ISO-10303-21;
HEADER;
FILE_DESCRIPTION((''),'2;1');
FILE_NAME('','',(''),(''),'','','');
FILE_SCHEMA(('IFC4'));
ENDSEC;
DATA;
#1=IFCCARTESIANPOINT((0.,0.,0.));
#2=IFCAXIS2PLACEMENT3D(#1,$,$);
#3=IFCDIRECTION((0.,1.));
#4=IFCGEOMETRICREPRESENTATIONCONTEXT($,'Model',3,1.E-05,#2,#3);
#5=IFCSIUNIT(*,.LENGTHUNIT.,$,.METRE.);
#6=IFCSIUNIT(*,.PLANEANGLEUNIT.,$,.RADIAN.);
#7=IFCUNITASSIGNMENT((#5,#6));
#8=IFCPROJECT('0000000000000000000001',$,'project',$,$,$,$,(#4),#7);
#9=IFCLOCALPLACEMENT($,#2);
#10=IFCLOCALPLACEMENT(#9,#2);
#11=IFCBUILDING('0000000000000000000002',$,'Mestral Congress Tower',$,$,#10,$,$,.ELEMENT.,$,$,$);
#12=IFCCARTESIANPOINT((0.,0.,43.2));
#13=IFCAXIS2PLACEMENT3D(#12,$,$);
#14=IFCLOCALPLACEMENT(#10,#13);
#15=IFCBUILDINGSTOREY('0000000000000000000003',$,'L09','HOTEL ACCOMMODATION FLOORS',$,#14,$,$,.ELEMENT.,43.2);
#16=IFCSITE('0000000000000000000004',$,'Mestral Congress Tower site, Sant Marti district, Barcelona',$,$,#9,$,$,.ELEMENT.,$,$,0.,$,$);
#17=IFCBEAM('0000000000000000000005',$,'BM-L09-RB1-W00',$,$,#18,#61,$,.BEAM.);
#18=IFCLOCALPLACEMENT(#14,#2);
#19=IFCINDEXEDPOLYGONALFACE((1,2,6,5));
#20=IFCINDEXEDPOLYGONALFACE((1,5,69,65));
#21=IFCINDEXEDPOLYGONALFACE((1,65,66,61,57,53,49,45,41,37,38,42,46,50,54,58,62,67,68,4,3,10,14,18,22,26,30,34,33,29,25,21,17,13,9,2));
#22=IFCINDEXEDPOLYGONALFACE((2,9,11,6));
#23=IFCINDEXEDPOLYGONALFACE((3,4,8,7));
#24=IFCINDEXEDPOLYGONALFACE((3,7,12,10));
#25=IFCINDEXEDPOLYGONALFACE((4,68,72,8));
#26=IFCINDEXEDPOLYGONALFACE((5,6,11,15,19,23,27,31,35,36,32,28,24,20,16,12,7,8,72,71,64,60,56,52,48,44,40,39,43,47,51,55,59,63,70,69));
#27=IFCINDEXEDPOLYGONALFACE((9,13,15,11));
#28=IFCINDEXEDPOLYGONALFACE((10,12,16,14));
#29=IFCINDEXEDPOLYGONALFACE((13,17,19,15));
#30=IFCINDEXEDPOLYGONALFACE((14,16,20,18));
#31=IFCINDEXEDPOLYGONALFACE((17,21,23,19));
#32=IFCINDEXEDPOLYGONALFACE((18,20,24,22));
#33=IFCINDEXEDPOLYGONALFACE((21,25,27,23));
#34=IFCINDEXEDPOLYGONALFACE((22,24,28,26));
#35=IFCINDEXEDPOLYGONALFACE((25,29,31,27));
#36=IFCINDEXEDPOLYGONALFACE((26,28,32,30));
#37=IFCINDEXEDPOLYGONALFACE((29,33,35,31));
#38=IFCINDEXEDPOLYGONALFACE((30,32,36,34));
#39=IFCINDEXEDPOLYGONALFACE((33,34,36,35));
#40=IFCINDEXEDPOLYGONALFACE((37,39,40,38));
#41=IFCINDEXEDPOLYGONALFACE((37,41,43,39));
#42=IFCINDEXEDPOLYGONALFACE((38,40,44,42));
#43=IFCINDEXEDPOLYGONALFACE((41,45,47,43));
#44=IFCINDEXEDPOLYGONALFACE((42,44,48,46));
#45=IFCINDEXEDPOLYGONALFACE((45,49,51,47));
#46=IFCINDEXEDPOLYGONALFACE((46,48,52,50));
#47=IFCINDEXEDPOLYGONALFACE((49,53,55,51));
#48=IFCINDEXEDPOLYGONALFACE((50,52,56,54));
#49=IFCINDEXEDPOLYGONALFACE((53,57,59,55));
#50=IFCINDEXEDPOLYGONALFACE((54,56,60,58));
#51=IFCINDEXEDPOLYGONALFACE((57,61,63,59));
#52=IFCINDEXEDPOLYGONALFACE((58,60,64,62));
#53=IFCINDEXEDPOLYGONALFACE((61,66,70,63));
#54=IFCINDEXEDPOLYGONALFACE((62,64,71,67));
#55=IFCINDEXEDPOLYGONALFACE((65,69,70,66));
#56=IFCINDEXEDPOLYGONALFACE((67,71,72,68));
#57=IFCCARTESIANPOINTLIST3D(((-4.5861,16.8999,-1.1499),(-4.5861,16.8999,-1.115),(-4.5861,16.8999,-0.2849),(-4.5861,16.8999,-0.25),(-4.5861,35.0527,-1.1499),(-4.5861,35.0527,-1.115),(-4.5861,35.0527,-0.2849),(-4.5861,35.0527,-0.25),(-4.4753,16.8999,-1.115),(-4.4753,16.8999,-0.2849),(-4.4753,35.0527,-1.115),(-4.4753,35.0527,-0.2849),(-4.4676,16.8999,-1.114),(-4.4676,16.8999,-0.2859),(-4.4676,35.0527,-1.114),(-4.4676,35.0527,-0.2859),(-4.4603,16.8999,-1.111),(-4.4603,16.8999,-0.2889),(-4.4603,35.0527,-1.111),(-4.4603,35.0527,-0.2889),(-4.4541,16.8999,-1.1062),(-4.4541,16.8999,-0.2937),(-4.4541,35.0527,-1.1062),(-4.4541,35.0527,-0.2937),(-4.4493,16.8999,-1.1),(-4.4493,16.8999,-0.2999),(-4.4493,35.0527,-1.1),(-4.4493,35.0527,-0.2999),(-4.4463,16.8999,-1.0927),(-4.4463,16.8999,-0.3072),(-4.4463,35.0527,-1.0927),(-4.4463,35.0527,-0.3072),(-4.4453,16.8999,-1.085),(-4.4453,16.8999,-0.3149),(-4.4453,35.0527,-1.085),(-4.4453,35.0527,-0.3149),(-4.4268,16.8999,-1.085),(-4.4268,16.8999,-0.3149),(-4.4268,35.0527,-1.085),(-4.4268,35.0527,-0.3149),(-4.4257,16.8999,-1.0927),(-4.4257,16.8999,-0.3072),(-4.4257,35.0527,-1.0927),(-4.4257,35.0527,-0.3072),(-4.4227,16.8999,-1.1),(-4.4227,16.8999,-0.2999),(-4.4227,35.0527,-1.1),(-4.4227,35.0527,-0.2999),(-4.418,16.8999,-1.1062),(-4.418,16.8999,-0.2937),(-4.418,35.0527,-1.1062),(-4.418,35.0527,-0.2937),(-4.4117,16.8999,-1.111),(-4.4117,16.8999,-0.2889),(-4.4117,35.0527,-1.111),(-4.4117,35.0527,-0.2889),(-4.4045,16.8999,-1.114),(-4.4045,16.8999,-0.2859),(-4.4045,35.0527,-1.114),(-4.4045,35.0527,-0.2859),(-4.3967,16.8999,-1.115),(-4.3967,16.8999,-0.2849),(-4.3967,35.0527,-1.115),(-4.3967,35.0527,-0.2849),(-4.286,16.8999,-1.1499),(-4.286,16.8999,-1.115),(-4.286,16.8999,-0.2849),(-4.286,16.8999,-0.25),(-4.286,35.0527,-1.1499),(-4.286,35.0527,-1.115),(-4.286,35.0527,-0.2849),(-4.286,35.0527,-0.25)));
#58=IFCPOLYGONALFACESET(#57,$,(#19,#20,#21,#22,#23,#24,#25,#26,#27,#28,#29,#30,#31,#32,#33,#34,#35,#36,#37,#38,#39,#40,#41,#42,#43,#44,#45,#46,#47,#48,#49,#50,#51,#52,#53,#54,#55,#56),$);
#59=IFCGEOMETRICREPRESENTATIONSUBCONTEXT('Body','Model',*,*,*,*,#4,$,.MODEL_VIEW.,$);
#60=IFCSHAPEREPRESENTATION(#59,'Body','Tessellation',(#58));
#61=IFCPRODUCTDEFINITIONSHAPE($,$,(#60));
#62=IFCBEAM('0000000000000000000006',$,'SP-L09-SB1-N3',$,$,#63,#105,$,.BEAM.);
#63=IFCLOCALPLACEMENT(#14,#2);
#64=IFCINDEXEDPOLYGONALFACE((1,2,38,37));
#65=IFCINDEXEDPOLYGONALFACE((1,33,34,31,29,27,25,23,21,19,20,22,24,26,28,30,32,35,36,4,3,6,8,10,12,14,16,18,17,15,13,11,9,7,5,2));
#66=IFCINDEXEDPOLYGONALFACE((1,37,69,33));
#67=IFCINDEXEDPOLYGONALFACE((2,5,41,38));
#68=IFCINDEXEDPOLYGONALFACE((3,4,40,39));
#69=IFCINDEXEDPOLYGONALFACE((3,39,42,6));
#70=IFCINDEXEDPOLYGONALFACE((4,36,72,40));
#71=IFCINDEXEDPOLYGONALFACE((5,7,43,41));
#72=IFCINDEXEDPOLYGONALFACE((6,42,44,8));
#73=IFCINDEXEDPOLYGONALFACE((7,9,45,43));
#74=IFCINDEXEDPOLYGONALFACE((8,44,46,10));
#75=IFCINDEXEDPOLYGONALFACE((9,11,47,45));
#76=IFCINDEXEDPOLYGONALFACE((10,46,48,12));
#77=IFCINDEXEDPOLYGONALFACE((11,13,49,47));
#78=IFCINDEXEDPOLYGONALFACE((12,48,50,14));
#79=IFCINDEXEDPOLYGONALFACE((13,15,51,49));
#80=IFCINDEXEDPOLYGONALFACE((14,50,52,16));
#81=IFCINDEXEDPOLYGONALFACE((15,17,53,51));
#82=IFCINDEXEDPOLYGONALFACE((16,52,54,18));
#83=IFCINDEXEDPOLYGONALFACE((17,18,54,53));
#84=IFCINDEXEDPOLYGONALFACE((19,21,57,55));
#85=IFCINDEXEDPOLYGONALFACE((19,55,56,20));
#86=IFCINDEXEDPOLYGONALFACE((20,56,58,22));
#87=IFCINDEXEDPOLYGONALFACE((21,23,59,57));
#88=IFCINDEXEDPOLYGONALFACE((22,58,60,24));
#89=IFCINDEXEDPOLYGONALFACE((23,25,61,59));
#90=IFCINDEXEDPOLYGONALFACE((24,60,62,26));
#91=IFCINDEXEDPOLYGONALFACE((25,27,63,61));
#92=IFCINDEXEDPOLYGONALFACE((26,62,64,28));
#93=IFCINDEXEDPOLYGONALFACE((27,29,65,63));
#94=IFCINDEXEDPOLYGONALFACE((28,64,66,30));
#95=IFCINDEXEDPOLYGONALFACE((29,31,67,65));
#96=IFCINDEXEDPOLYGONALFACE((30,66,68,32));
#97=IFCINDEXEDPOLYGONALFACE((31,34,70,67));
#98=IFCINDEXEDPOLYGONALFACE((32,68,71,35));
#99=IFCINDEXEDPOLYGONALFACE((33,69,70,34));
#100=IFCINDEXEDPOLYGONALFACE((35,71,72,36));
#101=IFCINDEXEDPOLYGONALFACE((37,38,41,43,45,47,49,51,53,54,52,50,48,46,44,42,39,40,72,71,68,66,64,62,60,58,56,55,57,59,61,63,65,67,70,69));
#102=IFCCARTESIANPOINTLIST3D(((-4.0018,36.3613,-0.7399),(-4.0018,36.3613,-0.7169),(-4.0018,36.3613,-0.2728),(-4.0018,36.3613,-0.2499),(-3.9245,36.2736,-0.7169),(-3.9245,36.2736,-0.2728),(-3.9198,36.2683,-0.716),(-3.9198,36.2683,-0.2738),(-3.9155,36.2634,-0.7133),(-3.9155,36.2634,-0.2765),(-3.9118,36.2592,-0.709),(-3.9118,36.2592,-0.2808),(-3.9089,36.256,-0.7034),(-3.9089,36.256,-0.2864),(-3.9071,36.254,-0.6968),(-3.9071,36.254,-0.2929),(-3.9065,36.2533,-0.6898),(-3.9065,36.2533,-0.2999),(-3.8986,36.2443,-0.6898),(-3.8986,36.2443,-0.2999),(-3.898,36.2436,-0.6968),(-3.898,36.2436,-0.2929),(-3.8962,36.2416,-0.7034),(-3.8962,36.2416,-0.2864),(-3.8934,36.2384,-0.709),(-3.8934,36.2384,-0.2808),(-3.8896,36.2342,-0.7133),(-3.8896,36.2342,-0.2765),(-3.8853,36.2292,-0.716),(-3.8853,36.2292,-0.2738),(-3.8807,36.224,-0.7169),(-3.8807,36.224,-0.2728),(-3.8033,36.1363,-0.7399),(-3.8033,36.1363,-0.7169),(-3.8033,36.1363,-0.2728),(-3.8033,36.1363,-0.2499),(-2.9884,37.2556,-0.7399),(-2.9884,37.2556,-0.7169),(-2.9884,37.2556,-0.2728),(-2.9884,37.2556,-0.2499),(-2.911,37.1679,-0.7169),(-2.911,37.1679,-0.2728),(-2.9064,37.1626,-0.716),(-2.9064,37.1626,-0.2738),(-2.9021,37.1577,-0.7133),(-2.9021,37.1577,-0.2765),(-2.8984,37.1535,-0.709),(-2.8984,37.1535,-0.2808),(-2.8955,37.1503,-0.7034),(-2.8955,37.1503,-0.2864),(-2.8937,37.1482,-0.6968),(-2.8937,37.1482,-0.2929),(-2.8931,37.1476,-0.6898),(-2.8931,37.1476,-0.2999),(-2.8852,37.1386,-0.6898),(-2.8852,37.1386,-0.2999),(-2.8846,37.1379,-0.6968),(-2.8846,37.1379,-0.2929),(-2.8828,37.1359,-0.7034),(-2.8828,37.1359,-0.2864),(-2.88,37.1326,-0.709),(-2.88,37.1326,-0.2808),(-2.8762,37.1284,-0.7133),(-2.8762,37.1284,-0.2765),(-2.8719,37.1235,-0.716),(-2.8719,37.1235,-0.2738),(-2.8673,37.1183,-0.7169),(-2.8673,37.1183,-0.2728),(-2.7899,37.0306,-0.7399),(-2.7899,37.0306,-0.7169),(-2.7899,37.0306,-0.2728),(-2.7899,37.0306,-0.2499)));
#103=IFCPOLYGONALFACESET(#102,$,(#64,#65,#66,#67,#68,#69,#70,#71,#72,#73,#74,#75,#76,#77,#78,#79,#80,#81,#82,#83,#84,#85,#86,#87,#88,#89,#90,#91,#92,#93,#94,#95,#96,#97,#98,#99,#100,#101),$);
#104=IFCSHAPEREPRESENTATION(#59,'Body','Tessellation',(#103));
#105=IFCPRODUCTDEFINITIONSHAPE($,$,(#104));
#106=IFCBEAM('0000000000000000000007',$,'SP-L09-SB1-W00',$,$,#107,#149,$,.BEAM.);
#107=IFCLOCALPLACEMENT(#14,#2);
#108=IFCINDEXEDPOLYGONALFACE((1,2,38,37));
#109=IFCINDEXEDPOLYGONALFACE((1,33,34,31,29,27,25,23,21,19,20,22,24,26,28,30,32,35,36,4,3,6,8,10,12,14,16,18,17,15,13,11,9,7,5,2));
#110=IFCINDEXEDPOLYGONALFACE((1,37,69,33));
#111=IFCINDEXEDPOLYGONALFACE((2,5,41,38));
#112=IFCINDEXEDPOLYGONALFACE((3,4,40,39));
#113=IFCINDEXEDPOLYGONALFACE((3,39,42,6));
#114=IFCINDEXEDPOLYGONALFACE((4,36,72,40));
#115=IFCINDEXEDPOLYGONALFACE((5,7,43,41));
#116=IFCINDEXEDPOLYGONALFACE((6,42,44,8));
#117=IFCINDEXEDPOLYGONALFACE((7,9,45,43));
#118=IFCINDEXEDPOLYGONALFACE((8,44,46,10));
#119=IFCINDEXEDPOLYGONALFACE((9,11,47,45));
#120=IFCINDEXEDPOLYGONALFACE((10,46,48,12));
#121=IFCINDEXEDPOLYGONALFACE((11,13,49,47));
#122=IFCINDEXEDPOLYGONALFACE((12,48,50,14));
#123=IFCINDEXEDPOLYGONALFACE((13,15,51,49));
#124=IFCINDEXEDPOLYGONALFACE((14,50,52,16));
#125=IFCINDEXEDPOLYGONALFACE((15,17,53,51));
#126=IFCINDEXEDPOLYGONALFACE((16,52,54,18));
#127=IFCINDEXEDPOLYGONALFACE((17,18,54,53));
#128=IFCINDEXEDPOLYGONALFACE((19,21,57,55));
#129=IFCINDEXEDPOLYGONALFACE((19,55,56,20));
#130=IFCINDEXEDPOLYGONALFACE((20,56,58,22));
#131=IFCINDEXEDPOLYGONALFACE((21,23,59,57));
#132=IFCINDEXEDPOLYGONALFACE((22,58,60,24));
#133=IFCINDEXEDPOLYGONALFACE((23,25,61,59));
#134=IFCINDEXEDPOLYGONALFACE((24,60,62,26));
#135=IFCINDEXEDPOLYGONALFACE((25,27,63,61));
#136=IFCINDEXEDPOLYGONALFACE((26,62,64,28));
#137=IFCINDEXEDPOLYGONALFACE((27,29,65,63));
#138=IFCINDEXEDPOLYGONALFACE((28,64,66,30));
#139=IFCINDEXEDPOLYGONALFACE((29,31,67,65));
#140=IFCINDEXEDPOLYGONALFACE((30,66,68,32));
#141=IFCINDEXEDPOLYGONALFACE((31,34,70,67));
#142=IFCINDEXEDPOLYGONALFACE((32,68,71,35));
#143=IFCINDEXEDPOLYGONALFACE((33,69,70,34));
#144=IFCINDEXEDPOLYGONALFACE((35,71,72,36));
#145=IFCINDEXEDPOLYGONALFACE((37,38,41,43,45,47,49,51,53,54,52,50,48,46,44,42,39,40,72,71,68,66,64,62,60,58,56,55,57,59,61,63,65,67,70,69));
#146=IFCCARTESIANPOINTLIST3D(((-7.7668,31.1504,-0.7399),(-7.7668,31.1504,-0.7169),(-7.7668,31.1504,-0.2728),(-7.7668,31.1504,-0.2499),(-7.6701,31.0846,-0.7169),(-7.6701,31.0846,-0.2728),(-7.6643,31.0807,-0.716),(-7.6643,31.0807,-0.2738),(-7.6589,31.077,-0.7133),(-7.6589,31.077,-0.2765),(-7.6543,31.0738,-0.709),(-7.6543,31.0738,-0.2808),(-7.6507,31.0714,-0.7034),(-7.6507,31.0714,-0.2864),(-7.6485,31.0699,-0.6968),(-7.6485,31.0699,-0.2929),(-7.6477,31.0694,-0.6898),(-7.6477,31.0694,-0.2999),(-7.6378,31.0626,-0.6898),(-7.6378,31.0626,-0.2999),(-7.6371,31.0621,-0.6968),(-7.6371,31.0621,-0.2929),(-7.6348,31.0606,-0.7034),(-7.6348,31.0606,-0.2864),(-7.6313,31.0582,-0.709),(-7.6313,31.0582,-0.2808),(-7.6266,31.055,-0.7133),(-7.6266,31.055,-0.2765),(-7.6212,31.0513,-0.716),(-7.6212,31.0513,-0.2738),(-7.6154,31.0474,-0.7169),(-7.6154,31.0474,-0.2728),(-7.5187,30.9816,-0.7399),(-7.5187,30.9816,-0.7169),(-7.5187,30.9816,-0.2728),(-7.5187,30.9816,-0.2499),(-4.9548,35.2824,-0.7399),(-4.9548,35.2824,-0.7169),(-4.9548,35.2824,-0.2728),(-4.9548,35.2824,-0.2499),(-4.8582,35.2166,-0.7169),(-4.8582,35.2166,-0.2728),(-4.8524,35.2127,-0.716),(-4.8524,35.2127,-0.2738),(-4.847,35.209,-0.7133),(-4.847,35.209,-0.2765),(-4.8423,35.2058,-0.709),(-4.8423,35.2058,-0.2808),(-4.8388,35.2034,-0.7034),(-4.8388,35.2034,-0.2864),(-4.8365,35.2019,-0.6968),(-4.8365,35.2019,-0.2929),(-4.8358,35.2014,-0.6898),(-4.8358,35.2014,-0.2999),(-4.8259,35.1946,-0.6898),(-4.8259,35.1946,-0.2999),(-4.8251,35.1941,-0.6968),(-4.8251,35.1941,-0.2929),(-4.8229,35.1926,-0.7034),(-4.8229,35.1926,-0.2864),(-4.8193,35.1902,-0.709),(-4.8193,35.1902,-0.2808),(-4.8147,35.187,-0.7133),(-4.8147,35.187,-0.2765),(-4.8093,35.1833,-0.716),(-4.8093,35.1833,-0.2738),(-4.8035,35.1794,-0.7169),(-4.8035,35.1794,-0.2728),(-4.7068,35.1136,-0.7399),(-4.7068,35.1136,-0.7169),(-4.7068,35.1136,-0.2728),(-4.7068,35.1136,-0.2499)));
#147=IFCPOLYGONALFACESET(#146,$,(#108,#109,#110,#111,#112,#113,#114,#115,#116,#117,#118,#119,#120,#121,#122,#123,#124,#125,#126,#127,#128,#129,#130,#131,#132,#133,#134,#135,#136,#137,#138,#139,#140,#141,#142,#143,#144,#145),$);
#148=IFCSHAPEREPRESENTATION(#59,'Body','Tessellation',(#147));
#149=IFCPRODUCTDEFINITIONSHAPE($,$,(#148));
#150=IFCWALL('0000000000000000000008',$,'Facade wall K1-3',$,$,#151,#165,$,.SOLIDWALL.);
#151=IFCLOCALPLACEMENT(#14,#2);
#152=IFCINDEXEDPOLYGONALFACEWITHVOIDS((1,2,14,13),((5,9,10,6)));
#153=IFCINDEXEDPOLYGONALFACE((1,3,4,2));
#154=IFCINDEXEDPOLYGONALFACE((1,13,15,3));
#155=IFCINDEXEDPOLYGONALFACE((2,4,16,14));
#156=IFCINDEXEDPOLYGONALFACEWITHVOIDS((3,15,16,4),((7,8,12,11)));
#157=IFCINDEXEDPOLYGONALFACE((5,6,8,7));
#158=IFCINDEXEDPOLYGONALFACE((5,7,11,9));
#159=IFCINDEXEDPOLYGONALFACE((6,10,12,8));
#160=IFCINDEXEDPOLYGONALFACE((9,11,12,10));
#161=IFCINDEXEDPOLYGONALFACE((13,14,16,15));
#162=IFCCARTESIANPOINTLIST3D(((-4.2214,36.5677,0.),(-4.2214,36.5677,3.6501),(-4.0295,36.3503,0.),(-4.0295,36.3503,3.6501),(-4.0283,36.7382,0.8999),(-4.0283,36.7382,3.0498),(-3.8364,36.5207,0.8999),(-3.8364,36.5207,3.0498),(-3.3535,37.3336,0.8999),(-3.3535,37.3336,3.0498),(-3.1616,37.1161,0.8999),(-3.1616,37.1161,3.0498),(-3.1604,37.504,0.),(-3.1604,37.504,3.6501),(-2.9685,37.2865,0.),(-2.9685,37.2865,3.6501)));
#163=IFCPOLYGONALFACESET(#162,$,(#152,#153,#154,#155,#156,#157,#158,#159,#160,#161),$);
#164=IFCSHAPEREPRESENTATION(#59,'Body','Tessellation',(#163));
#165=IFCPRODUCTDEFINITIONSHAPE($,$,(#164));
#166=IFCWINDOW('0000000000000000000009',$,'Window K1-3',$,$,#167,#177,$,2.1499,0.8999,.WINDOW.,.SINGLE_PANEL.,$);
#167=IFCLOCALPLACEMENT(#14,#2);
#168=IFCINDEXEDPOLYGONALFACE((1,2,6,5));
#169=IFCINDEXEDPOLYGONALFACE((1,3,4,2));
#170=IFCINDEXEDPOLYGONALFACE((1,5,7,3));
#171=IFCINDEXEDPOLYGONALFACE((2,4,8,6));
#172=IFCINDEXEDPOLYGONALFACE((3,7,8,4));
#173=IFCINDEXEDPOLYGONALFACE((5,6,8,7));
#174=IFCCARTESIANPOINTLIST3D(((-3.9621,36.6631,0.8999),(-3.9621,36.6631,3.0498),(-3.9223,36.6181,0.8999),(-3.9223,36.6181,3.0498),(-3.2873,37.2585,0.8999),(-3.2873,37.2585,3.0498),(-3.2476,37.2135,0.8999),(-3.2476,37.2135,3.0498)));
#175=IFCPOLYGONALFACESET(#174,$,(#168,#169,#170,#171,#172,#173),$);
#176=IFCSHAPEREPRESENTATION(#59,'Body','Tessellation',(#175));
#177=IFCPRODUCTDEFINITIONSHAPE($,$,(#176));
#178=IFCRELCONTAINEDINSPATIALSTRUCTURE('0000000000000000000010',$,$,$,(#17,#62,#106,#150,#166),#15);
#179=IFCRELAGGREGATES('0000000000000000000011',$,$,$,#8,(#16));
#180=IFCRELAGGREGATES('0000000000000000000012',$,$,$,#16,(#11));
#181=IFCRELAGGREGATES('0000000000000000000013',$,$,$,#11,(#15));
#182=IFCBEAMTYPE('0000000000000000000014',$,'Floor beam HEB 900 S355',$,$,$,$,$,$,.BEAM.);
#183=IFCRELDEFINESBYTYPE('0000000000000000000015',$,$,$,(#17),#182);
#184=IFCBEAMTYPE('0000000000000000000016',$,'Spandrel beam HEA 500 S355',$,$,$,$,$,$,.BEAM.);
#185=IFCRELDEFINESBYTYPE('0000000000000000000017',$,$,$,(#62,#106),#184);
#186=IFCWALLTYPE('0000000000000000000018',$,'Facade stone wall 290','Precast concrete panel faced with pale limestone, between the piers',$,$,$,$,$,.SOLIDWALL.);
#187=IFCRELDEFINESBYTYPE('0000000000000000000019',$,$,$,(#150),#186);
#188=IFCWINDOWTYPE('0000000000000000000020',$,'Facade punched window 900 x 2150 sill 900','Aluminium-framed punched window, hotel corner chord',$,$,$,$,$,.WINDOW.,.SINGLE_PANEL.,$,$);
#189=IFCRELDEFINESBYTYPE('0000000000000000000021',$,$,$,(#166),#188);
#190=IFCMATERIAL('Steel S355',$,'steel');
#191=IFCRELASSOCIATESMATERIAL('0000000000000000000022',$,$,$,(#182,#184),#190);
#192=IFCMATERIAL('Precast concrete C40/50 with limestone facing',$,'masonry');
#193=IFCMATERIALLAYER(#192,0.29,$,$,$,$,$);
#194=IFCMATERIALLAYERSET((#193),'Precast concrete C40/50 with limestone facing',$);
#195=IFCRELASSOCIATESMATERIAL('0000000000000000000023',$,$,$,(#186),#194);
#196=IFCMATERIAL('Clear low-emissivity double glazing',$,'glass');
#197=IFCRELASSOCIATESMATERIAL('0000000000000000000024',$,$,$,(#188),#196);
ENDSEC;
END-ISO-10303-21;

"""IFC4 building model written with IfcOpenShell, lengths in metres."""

from ifc_helpers import new_model, si_unit, direction, frame, frame_2d, origin, origin_2d, place, context, subcontext, project, spatial, rectangle, i_section, extrude, material, layer, layer_set, material_profile, profile_set, type_object, element, fill, save


model = new_model("IFC4")

# Units and contexts
model_context = context("Model", 3, precision=1e-05, world=origin(), true_north=direction((0.0, 1.0)))
body_context = subcontext(model_context, "Body", "Model", "MODEL_VIEW")
ifc_project = project(units=[si_unit("LENGTHUNIT", "METRE"), si_unit("PLANEANGLEUNIT", "RADIAN")], contexts=[model_context])

# Site, building, storey
site_placement = place(None, origin())
site = spatial("IfcSite", under=ifc_project, at=site_placement, Name="Mestral Congress Tower site, Sant Marti district, Barcelona", CompositionType="ELEMENT", RefElevation=0.0)
building_placement = place(site_placement, origin())
building = spatial("IfcBuilding", under=site, at=building_placement, Name="Mestral Congress Tower", CompositionType="ELEMENT")
storey_placement = place(building_placement, frame((0.0, 0.0, 43.2)))
storey = spatial("IfcBuildingStorey", under=building, at=storey_placement, Name="L09", Description="HOTEL ACCOMMODATION FLOORS", CompositionType="ELEMENT", Elevation=43.2)

# Beams
ifc_material_1 = material(Name="Steel S355", Category="steel")
ifc_material_profile_1 = material_profile(ifc_material_1, i_section(OverallWidth=0.3, OverallDepth=0.8999, WebThickness=0.0186, FlangeThickness=0.0349, FilletRadius=0.03, at=origin_2d()), Name="HEB 900")
ifc_profile_set_1 = profile_set([ifc_material_profile_1], Name="Steel S355")
beam_type_1 = type_object("IfcBeamType", Name="Floor beam HEB 900 S355", PredefinedType="BEAM", material=ifc_profile_set_1)
beam_1_placement = place(storey_placement, frame((-4.436, 35.0527, -0.7), z_axis=(0.0, -1.0, 0.0), x_axis=(1.0, 0.0, 0.0)))
element("IfcBeam", 1, at=beam_1_placement, inside=storey, type_object=beam_type_1, Name="BM-L09-RB1-W00", PredefinedType="BEAM", context=body_context, shape_type="SweptSolid", body=[
    extrude(i_section(OverallWidth=0.3, OverallDepth=0.8999, WebThickness=0.0186, FlangeThickness=0.0349, FilletRadius=0.03, at=origin_2d()), origin(), (0.0, 0.0, 1.0), 18.1528),
])
ifc_material_profile_2 = material_profile(ifc_material_1, i_section(OverallWidth=0.3, OverallDepth=0.49, WebThickness=0.012, FlangeThickness=0.0229, FilletRadius=0.0271, at=origin_2d()), Name="HEA 500")
ifc_profile_set_2 = profile_set([ifc_material_profile_2], Name="Steel S355")
beam_type_2 = type_object("IfcBeamType", Name="Spandrel beam HEA 500 S355", PredefinedType="BEAM", material=ifc_profile_set_2)
beam_2_placement = place(storey_placement, frame((-2.8892, 37.1431, -0.4949), z_axis=(-0.749806, -0.661657, 0.0), x_axis=(0.661657, -0.749806, 0.0)))
element("IfcBeam", 2, at=beam_2_placement, inside=storey, type_object=beam_type_2, Name="SP-L09-SB1-N3", PredefinedType="BEAM", context=body_context, shape_type="SweptSolid", body=[
    extrude(i_section(OverallWidth=0.3, OverallDepth=0.49, WebThickness=0.012, FlangeThickness=0.0229, FilletRadius=0.0271, at=origin_2d()), origin(), (0.0, 0.0, 1.0), 1.3516),
])
beam_3_placement = place(storey_placement, frame((-4.8308, 35.198, -0.4949), z_axis=(-0.562611, -0.826722, 0.0), x_axis=(0.826722, -0.562611, 0.0)))
element("IfcBeam", 3, at=beam_3_placement, inside=storey, type_object=beam_type_2, Name="SP-L09-SB1-W00", PredefinedType="BEAM", context=body_context, shape_type="SweptSolid", body=[
    extrude(i_section(OverallWidth=0.3, OverallDepth=0.49, WebThickness=0.012, FlangeThickness=0.0229, FilletRadius=0.0271, at=origin_2d()), origin(), (0.0, 0.0, 1.0), 4.998),
])

# Wall, opening, window
ifc_material_2 = material(Name="Precast concrete C40/50 with limestone facing", Category="masonry")
ifc_layer_1 = layer(ifc_material_2, 0.29)
ifc_layer_set_1 = layer_set([ifc_layer_1], Name="Precast concrete C40/50 with limestone facing")
wall_type_1 = type_object("IfcWallType", Name="Facade stone wall 290", Description="Precast concrete panel faced with pale limestone, between the piers", PredefinedType="SOLIDWALL", material=ifc_layer_set_1)
wall_1_placement = place(storey_placement, frame((-3.0645, 37.3953, 0.0), z_axis=(0.0, 0.0, 1.0), x_axis=(-0.749813, -0.66165, 0.0)))
wall_1 = element("IfcWall", 4, at=wall_1_placement, inside=storey, type_object=wall_type_1, Name="Facade wall K1-3", PredefinedType="SOLIDWALL", context=body_context, shape_type="SweptSolid", body=[
    extrude(rectangle(XDim=1.415, YDim=0.29, at=frame_2d((0.7075, 0.0))), origin(), (0.0, 0.0, 1.0), 3.6501),
])
opening_1_placement = place(wall_1_placement, frame((0.2576, 0.0, 0.8999)))
opening_1 = element("IfcOpeningElement", 5, at=opening_1_placement, cuts=wall_1, PredefinedType="OPENING", context=body_context, shape_type="SweptSolid", body=[
    extrude(rectangle(XDim=0.8999, YDim=2.1499, at=frame_2d((0.45, 1.075))), frame((0.0, 0.155, 0.0), z_axis=(0.0, -1.0, 0.0), x_axis=(1.0, 0.0, 0.0)), (0.0, 0.0, 1.0), 0.3101),
])
ifc_material_3 = material(Name="Clear low-emissivity double glazing", Category="glass")
window_type_1 = type_object("IfcWindowType", Name="Facade punched window 900 x 2150 sill 900", Description="Aluminium-framed punched window, hotel corner chord", PartitioningType="SINGLE_PANEL", PredefinedType="WINDOW", material=ifc_material_3)
window_1_placement = place(opening_1_placement, origin())
window_1 = element("IfcWindow", 6, at=window_1_placement, inside=storey, type_object=window_type_1, Name="Window K1-3", OverallHeight=2.1499, OverallWidth=0.8999, PartitioningType="SINGLE_PANEL", PredefinedType="WINDOW", context=body_context, shape_type="SweptSolid", body=[
    extrude(rectangle(XDim=0.8999, YDim=2.1499, at=frame_2d((0.45, 1.075))), frame((0.0, 0.0151, 0.0), z_axis=(0.0, -1.0, 0.0), x_axis=(1.0, 0.0, 0.0)), (0.0, 0.0, 1.0), 0.0601),
])
fill(opening_1, window_1)

save(model, "model.ifc")
